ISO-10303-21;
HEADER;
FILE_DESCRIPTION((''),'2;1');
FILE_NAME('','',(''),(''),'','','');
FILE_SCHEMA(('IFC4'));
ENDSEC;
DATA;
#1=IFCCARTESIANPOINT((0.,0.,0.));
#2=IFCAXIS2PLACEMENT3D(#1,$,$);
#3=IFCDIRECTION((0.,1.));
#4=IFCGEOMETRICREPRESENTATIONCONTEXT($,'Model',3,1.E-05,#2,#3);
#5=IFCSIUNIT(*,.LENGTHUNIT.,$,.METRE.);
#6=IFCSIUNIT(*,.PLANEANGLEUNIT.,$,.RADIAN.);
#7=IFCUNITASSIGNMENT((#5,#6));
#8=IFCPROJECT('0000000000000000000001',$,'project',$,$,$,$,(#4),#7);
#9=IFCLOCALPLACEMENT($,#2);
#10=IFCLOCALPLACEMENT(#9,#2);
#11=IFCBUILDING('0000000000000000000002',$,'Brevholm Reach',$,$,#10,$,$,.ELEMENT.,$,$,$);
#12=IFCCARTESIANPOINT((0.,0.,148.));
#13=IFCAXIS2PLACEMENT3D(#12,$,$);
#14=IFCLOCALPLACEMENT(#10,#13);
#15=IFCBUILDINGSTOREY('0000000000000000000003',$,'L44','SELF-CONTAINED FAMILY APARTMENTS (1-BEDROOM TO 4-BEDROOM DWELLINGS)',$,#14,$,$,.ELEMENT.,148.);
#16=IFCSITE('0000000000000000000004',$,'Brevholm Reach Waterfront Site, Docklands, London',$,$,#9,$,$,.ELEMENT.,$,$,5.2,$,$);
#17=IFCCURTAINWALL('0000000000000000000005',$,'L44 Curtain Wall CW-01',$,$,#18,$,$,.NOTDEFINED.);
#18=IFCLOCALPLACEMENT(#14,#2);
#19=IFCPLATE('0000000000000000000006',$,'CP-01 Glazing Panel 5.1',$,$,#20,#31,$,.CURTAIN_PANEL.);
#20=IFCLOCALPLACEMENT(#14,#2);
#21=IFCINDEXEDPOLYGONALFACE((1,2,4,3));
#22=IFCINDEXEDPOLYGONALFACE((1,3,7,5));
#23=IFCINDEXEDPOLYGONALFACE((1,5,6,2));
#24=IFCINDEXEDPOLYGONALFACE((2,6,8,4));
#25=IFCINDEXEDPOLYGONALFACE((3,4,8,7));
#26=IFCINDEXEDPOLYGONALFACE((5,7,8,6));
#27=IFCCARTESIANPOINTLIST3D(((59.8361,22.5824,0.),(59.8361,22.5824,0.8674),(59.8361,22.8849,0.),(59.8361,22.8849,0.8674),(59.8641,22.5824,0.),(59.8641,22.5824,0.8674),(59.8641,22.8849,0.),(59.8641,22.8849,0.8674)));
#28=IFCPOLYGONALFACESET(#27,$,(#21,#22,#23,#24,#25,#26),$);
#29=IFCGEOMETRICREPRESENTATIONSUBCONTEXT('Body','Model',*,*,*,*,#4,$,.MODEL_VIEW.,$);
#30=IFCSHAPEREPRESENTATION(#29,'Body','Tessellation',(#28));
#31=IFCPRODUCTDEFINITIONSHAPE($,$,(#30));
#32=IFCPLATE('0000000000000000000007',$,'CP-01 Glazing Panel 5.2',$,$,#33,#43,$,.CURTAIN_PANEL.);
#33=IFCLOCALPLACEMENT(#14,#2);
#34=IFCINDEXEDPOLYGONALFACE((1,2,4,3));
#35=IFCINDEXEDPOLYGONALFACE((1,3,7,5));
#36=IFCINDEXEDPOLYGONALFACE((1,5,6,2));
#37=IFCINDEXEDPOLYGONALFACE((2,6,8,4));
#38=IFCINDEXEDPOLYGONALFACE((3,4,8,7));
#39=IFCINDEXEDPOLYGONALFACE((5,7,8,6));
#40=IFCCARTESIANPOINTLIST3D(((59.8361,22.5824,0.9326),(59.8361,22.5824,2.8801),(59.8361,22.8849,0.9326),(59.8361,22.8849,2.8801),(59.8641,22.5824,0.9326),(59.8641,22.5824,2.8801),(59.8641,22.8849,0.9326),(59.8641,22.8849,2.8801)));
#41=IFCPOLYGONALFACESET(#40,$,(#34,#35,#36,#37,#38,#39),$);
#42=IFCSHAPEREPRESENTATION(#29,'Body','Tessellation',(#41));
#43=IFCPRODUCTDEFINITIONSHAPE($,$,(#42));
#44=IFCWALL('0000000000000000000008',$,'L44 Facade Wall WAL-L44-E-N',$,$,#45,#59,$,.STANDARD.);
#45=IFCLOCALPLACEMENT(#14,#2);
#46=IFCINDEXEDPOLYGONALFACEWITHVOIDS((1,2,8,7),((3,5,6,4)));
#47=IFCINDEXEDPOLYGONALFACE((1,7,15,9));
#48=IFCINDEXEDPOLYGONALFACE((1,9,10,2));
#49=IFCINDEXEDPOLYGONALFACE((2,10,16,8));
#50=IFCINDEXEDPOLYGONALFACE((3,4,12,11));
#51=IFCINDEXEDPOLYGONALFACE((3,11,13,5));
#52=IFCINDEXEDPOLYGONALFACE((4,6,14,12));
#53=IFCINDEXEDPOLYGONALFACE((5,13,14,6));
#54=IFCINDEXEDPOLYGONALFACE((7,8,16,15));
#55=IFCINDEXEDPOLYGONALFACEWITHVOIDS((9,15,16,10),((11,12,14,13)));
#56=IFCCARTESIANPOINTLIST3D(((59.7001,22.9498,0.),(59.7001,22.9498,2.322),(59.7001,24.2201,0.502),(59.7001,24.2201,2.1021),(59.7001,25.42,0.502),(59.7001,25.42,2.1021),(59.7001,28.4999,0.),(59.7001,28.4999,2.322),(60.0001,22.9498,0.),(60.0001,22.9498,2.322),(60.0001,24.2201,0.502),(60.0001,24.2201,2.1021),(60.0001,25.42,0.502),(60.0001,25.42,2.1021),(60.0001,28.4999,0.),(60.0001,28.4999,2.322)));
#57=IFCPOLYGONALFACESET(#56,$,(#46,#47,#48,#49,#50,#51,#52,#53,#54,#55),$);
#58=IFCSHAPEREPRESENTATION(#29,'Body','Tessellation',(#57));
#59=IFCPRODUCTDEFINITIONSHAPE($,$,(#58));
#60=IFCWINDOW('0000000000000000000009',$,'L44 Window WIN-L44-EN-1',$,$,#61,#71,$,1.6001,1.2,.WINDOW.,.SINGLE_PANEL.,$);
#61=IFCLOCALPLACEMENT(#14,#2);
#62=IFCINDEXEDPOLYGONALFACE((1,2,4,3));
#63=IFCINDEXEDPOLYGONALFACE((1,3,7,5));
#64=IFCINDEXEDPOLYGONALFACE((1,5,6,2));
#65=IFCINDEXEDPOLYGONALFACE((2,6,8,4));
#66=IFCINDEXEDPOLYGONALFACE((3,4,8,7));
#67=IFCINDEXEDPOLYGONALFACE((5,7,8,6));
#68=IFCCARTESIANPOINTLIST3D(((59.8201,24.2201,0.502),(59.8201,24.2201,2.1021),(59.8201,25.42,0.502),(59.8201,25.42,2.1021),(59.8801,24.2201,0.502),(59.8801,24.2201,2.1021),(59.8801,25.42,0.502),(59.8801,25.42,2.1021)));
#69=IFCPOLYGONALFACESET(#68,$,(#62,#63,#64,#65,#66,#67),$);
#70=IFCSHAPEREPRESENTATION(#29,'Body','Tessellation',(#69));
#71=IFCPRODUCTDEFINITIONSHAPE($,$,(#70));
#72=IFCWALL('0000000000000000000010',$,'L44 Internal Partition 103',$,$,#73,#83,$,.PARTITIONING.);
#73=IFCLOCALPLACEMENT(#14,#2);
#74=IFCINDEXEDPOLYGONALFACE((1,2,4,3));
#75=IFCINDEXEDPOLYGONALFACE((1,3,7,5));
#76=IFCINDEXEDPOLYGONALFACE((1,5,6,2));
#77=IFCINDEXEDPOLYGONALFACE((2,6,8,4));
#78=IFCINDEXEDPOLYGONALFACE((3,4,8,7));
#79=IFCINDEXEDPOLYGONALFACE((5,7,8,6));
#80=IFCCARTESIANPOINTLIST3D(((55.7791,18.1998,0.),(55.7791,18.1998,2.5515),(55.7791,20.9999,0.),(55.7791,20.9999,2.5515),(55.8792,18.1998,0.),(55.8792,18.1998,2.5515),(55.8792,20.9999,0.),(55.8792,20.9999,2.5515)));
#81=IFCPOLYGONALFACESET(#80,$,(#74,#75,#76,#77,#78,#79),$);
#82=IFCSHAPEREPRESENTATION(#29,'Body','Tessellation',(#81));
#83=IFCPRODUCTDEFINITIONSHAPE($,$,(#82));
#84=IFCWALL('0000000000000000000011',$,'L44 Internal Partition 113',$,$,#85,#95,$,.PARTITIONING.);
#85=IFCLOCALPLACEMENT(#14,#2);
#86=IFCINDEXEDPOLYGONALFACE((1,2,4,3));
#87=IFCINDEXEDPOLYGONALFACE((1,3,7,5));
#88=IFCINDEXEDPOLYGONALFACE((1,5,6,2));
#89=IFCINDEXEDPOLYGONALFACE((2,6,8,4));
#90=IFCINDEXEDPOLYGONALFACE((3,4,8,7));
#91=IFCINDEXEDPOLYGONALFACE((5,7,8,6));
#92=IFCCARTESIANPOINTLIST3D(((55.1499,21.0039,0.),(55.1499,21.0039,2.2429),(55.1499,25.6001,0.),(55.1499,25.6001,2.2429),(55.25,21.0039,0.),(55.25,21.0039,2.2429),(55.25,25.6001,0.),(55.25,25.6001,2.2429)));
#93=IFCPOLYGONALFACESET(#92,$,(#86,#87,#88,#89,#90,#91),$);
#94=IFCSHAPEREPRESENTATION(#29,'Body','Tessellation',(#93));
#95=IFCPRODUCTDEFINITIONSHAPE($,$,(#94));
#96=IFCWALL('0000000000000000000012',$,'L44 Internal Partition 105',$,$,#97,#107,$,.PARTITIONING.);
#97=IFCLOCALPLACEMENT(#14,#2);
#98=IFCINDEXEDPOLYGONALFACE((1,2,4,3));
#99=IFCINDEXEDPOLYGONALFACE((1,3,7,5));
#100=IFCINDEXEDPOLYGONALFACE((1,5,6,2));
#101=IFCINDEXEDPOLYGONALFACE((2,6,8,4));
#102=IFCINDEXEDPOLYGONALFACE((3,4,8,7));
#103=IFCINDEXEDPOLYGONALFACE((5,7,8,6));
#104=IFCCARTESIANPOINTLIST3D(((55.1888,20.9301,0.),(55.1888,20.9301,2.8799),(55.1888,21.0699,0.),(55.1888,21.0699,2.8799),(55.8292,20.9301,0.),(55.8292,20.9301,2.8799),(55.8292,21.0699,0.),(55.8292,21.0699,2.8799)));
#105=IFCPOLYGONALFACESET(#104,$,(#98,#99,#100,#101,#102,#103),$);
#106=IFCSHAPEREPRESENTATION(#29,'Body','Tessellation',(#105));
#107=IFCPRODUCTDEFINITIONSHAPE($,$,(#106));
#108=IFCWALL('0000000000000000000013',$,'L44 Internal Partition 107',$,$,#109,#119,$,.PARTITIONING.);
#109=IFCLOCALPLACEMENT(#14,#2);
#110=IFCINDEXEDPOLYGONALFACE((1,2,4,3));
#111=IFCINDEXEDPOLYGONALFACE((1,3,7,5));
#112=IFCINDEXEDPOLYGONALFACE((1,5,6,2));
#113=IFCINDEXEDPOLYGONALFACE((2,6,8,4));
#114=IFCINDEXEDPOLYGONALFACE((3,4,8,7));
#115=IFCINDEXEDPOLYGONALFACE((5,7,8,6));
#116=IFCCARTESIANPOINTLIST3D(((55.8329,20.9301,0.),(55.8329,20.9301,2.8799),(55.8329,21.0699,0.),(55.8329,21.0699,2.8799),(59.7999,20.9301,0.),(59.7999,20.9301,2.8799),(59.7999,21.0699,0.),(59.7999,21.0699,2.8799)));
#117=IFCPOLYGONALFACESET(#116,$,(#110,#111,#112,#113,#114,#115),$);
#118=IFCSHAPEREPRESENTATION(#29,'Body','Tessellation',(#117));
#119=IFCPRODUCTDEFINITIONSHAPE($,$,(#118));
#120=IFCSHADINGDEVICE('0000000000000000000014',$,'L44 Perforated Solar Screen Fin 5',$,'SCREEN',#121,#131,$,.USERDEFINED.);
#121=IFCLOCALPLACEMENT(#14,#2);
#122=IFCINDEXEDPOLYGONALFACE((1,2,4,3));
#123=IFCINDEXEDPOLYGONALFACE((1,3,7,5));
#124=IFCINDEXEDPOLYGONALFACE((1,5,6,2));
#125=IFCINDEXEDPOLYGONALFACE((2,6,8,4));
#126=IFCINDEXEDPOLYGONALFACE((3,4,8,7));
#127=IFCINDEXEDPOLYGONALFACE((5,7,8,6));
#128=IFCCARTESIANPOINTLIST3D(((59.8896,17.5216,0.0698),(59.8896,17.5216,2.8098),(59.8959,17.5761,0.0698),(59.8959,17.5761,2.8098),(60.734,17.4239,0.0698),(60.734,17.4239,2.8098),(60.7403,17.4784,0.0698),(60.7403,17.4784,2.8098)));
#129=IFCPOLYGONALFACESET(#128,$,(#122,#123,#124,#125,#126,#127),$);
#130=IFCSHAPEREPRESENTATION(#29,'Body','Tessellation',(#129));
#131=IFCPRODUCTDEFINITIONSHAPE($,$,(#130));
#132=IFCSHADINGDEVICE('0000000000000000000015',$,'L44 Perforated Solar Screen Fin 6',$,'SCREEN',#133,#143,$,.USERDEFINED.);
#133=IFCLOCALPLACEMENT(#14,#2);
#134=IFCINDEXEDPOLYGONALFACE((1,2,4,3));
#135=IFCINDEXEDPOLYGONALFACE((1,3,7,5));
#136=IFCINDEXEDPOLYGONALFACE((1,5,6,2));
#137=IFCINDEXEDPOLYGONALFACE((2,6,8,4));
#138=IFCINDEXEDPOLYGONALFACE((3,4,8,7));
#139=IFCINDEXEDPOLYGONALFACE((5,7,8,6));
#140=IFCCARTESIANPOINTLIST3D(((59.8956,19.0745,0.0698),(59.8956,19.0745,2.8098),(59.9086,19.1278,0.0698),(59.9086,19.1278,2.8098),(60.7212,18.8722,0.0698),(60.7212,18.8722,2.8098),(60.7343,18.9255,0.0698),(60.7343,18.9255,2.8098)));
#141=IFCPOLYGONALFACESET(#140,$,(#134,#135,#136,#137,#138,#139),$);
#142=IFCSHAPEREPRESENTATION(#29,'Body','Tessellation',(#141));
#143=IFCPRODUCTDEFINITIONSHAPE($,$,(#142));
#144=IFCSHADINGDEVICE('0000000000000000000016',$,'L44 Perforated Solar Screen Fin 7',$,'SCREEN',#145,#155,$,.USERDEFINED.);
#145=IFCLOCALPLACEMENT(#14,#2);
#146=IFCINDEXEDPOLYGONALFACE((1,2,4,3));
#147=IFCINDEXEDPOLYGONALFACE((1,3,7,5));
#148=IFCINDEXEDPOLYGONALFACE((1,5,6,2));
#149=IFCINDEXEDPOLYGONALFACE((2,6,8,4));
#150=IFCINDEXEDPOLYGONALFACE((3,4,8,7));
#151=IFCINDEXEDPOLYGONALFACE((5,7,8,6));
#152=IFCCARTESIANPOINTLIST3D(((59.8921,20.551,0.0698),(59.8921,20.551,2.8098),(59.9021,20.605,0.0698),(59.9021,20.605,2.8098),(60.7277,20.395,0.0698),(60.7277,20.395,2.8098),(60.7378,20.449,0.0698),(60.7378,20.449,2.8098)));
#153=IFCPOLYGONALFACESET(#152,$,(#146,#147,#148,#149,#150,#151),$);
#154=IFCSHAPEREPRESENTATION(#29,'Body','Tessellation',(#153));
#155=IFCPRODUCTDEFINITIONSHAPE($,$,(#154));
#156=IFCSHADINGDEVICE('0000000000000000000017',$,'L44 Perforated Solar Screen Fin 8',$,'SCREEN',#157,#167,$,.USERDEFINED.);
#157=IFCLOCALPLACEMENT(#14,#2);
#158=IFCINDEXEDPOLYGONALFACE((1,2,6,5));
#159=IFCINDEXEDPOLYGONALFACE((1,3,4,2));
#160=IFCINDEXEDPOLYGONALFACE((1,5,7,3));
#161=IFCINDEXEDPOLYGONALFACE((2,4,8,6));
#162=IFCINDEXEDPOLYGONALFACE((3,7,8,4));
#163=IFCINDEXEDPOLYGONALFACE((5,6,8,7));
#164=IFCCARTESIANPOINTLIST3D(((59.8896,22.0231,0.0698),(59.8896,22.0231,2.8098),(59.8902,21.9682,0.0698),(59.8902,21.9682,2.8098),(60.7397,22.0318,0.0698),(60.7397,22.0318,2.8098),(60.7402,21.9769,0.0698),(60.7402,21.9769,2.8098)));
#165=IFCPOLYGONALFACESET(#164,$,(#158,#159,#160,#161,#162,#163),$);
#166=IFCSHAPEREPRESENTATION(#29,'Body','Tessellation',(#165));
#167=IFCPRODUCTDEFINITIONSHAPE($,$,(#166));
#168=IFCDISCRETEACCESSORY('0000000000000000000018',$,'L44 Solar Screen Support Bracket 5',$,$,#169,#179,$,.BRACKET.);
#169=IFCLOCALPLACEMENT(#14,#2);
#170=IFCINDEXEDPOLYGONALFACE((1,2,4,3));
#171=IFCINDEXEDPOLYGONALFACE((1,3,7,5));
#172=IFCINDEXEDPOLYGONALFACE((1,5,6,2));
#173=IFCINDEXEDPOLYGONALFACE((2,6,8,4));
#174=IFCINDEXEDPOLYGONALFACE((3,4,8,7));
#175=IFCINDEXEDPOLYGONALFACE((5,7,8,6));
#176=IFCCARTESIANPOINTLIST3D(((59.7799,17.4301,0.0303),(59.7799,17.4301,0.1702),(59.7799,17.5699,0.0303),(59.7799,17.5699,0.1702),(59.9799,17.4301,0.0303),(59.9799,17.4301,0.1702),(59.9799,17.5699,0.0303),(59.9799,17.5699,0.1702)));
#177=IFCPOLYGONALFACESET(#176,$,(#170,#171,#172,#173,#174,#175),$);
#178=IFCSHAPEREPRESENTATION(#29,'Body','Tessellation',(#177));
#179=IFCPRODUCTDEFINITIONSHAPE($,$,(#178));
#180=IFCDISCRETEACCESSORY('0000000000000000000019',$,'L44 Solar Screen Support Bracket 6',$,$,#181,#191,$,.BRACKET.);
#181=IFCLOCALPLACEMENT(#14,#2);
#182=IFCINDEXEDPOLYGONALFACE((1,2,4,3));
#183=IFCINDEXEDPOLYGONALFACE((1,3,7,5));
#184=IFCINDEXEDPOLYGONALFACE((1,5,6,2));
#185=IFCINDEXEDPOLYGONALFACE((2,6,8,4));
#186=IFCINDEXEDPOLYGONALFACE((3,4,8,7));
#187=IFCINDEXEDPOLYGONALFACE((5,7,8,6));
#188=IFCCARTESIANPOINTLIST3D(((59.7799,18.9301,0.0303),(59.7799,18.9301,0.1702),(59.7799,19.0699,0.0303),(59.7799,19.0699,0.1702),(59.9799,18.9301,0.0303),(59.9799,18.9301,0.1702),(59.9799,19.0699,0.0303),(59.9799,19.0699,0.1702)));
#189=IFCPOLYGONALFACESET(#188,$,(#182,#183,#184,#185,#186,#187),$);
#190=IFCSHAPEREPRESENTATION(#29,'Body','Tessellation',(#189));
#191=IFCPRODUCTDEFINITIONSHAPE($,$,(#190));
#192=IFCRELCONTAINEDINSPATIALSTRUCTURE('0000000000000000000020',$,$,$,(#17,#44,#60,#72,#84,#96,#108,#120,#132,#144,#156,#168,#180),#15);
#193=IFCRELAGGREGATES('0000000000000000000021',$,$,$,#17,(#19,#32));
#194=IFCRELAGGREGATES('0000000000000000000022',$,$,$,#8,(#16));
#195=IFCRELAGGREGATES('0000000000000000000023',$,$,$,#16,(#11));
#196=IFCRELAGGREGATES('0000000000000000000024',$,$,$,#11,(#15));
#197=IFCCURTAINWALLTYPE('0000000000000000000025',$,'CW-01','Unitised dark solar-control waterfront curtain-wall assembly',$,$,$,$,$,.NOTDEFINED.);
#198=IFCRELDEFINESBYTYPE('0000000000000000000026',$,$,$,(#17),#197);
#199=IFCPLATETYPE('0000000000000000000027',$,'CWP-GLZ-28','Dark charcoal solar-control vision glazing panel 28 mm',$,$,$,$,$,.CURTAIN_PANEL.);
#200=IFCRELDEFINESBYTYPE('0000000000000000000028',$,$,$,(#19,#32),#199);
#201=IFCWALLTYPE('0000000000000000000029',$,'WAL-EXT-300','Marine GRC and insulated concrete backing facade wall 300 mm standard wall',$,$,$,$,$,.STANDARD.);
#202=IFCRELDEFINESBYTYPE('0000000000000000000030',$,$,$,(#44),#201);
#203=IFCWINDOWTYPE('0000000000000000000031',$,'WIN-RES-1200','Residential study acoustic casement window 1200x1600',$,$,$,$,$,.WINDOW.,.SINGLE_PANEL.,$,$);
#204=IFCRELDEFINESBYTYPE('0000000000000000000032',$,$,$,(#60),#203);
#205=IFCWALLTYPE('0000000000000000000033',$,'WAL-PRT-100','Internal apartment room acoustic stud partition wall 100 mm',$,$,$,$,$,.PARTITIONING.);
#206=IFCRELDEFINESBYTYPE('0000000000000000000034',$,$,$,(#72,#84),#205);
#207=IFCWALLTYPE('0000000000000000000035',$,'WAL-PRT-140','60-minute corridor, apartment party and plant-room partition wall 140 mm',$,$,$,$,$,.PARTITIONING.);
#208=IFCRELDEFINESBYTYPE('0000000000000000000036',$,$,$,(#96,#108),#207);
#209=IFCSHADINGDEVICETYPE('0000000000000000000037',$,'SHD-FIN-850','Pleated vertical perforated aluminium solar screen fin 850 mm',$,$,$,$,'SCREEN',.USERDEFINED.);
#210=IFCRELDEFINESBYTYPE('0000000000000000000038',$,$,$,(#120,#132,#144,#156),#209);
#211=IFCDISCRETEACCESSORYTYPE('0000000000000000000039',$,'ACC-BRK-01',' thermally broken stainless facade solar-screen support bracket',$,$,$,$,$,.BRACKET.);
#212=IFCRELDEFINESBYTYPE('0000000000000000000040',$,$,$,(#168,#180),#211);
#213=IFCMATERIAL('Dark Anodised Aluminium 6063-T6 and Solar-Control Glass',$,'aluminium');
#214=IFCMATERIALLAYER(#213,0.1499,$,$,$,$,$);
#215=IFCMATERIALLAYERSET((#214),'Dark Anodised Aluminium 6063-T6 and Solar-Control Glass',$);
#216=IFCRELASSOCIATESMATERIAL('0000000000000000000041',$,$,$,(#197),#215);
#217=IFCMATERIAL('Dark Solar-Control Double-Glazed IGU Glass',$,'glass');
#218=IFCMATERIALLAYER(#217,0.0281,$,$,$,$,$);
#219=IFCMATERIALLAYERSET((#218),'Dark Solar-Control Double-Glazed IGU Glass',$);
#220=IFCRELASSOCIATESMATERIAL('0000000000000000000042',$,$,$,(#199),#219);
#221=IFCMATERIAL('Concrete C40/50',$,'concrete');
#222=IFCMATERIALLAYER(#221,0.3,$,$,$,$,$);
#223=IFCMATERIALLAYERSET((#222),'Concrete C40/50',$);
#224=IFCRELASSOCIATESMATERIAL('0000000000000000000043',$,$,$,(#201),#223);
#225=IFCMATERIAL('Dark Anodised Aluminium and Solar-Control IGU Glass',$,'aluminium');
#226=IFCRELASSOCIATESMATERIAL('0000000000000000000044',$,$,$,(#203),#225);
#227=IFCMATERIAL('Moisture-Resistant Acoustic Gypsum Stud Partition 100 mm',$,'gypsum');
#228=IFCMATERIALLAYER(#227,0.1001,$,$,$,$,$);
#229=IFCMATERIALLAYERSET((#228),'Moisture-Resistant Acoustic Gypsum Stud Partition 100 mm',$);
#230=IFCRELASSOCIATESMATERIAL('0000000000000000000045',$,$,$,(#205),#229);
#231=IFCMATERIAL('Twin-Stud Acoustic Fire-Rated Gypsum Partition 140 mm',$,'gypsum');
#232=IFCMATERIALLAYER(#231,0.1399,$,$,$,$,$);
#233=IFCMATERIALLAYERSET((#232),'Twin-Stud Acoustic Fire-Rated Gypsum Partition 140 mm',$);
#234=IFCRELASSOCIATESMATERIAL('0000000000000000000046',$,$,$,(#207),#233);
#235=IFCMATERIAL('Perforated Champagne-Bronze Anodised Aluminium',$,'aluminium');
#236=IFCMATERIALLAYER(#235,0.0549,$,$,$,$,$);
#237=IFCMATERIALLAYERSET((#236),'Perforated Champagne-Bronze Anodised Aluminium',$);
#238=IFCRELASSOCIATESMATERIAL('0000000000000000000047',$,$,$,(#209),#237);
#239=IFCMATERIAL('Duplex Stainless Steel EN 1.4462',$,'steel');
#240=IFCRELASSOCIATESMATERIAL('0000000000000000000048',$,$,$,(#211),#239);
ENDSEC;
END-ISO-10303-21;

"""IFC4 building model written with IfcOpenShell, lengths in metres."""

from ifc_helpers import new_model, si_unit, direction, frame, frame_2d, origin, origin_2d, place, context, subcontext, project, spatial, rectangle, extrude, material, layer, layer_set, type_object, element, fill, aggregate, save


model = new_model("IFC4")

# Units and contexts
model_context = context("Model", 3, precision=1e-05, world=origin(), true_north=direction((0.0, 1.0)))
body_context = subcontext(model_context, "Body", "Model", "MODEL_VIEW")
ifc_project = project(units=[si_unit("LENGTHUNIT", "METRE"), si_unit("PLANEANGLEUNIT", "RADIAN")], contexts=[model_context])

# Site, building, storey
site_placement = place(None, origin())
site = spatial("IfcSite", under=ifc_project, at=site_placement, Name="Brevholm Reach Waterfront Site, Docklands, London", CompositionType="ELEMENT", RefElevation=5.2)
building_placement = place(site_placement, origin())
building = spatial("IfcBuilding", under=site, at=building_placement, Name="Brevholm Reach", CompositionType="ELEMENT")
storey_placement = place(building_placement, frame((0.0, 0.0, 148.0)))
storey = spatial("IfcBuildingStorey", under=building, at=storey_placement, Name="L44", Description="SELF-CONTAINED FAMILY APARTMENTS (1-BEDROOM TO 4-BEDROOM DWELLINGS)", CompositionType="ELEMENT", Elevation=148.0)

# Curtain wall, plates
ifc_material_1 = material(Name="Dark Anodised Aluminium 6063-T6 and Solar-Control Glass", Category="aluminium")
ifc_layer_1 = layer(ifc_material_1, 0.1499)
ifc_layer_set_1 = layer_set([ifc_layer_1], Name="Dark Anodised Aluminium 6063-T6 and Solar-Control Glass")
curtain_wall_type = type_object("IfcCurtainWallType", Name="CW-01", Description="Unitised dark solar-control waterfront curtain-wall assembly", PredefinedType="NOTDEFINED", material=ifc_layer_set_1)
curtain_wall_placement = place(storey_placement, origin())
curtain_wall = element("IfcCurtainWall", 1, at=curtain_wall_placement, inside=storey, type_object=curtain_wall_type, Name="L44 Curtain Wall CW-01", PredefinedType="NOTDEFINED")
ifc_material_2 = material(Name="Dark Solar-Control Double-Glazed IGU Glass", Category="glass")
ifc_layer_2 = layer(ifc_material_2, 0.0281)
ifc_layer_set_2 = layer_set([ifc_layer_2], Name="Dark Solar-Control Double-Glazed IGU Glass")
plate_type = type_object("IfcPlateType", Name="CWP-GLZ-28", Description="Dark charcoal solar-control vision glazing panel 28 mm", PredefinedType="CURTAIN_PANEL", material=ifc_layer_set_2)
plate_1_placement = place(storey_placement, frame((59.8501, 22.7336, 0.0), z_axis=(0.0, 0.0, 1.0), x_axis=(0.0, 1.0, 0.0)))
plate_1 = element("IfcPlate", 2, at=plate_1_placement, type_object=plate_type, Name="CP-01 Glazing Panel 5.1", PredefinedType="CURTAIN_PANEL", context=body_context, shape_type="SweptSolid", body=[
    extrude(rectangle(XDim=0.3025, YDim=0.0281, at=origin_2d()), origin(), (0.0, 0.0, 1.0), 0.8674),
])
plate_2_placement = place(storey_placement, frame((59.8501, 22.7336, 0.9326), z_axis=(0.0, 0.0, 1.0), x_axis=(0.0, 1.0, 0.0)))
plate_2 = element("IfcPlate", 3, at=plate_2_placement, type_object=plate_type, Name="CP-01 Glazing Panel 5.2", PredefinedType="CURTAIN_PANEL", context=body_context, shape_type="SweptSolid", body=[
    extrude(rectangle(XDim=0.3025, YDim=0.0281, at=origin_2d()), origin(), (0.0, 0.0, 1.0), 1.9475),
])
aggregate(curtain_wall, [plate_1, plate_2])

# Wall, opening, window
ifc_material_3 = material(Name="Concrete C40/50", Category="concrete")
ifc_layer_3 = layer(ifc_material_3, 0.3)
ifc_layer_set_3 = layer_set([ifc_layer_3], Name="Concrete C40/50")
wall_type_1 = type_object("IfcWallType", Name="WAL-EXT-300", Description="Marine GRC and insulated concrete backing facade wall 300 mm standard wall", PredefinedType="STANDARD", material=ifc_layer_set_3)
wall_1_placement = place(storey_placement, frame((59.8501, 22.95, 0.0), z_axis=(0.0, 0.0, 1.0), x_axis=(0.0, 1.0, 0.0)))
wall_1 = element("IfcWall", 4, at=wall_1_placement, inside=storey, type_object=wall_type_1, Name="L44 Facade Wall WAL-L44-E-N", PredefinedType="STANDARD", context=body_context, shape_type="SweptSolid", body=[
    extrude(rectangle(XDim=5.55, YDim=0.3, at=frame_2d((2.7749, 0.0))), origin(), (0.0, 0.0, 1.0), 2.322),
])
opening_placement = place(wall_1_placement, frame((1.27, 0.0, 0.502)))
opening = element("IfcOpeningElement", 5, at=opening_placement, cuts=wall_1, PredefinedType="OPENING", context=body_context, shape_type="SweptSolid", body=[
    extrude(rectangle(XDim=1.2, YDim=1.6001, at=frame_2d((0.6001, 0.8))), frame((0.0, 0.1599, 0.0), z_axis=(0.0, -1.0, 0.0), x_axis=(1.0, 0.0, 0.0)), (0.0, 0.0, 1.0), 0.3201),
])
ifc_material_4 = material(Name="Dark Anodised Aluminium and Solar-Control IGU Glass", Category="aluminium")
window_type = type_object("IfcWindowType", Name="WIN-RES-1200", Description="Residential study acoustic casement window 1200x1600", PartitioningType="SINGLE_PANEL", PredefinedType="WINDOW", material=ifc_material_4)
window_placement = place(opening_placement, origin())
window = element("IfcWindow", 6, at=window_placement, inside=storey, type_object=window_type, Name="L44 Window WIN-L44-EN-1", OverallHeight=1.6001, OverallWidth=1.2, PartitioningType="SINGLE_PANEL", PredefinedType="WINDOW", context=body_context, shape_type="SweptSolid", body=[
    extrude(rectangle(XDim=1.2, YDim=1.6001, at=frame_2d((0.6001, 0.8))), frame((0.0, 0.03, 0.0), z_axis=(0.0, -1.0, 0.0), x_axis=(1.0, 0.0, 0.0)), (0.0, 0.0, 1.0), 0.0601),
])
fill(opening, window)

# Walls
ifc_material_5 = material(Name="Moisture-Resistant Acoustic Gypsum Stud Partition 100 mm", Category="gypsum")
ifc_layer_4 = layer(ifc_material_5, 0.1001)
ifc_layer_set_4 = layer_set([ifc_layer_4], Name="Moisture-Resistant Acoustic Gypsum Stud Partition 100 mm")
wall_type_2 = type_object("IfcWallType", Name="WAL-PRT-100", Description="Internal apartment room acoustic stud partition wall 100 mm", PredefinedType="PARTITIONING", material=ifc_layer_set_4)
wall_2_placement = place(storey_placement, frame((55.8291, 18.2, 0.0), z_axis=(0.0, 0.0, 1.0), x_axis=(0.0, 1.0, 0.0)))
element("IfcWall", 7, at=wall_2_placement, inside=storey, type_object=wall_type_2, Name="L44 Internal Partition 103", PredefinedType="PARTITIONING", context=body_context, shape_type="SweptSolid", body=[
    extrude(rectangle(XDim=2.8, YDim=0.1001, at=frame_2d((1.3999, 0.0))), origin(), (0.0, 0.0, 1.0), 2.5515),
])
wall_3_placement = place(storey_placement, frame((55.2, 21.0039, 0.0), z_axis=(0.0, 0.0, 1.0), x_axis=(0.0, 1.0, 0.0)))
element("IfcWall", 8, at=wall_3_placement, inside=storey, type_object=wall_type_2, Name="L44 Internal Partition 113", PredefinedType="PARTITIONING", context=body_context, shape_type="SweptSolid", body=[
    extrude(rectangle(XDim=4.5962, YDim=0.1001, at=frame_2d((2.2981, 0.0))), origin(), (0.0, 0.0, 1.0), 2.2429),
])
ifc_material_6 = material(Name="Twin-Stud Acoustic Fire-Rated Gypsum Partition 140 mm", Category="gypsum")
ifc_layer_5 = layer(ifc_material_6, 0.1399)
ifc_layer_set_5 = layer_set([ifc_layer_5], Name="Twin-Stud Acoustic Fire-Rated Gypsum Partition 140 mm")
wall_type_3 = type_object("IfcWallType", Name="WAL-PRT-140", Description="60-minute corridor, apartment party and plant-room partition wall 140 mm", PredefinedType="PARTITIONING", material=ifc_layer_set_5)
wall_4_placement = place(storey_placement, frame((55.1887, 21.0, 0.0), z_axis=(0.0, 0.0, 1.0), x_axis=(1.0, 0.0, 0.0)))
element("IfcWall", 9, at=wall_4_placement, inside=storey, type_object=wall_type_3, Name="L44 Internal Partition 105", PredefinedType="PARTITIONING", context=body_context, shape_type="SweptSolid", body=[
    extrude(rectangle(XDim=0.6404, YDim=0.1399, at=frame_2d((0.3203, 0.0))), origin(), (0.0, 0.0, 1.0), 2.8799),
])
wall_5_placement = place(storey_placement, frame((55.833, 21.0, 0.0), z_axis=(0.0, 0.0, 1.0), x_axis=(1.0, 0.0, 0.0)))
element("IfcWall", 10, at=wall_5_placement, inside=storey, type_object=wall_type_3, Name="L44 Internal Partition 107", PredefinedType="PARTITIONING", context=body_context, shape_type="SweptSolid", body=[
    extrude(rectangle(XDim=3.967, YDim=0.1399, at=frame_2d((1.9834, 0.0))), origin(), (0.0, 0.0, 1.0), 2.8799),
])

# Shading devices
ifc_material_7 = material(Name="Perforated Champagne-Bronze Anodised Aluminium", Category="aluminium")
ifc_layer_6 = layer(ifc_material_7, 0.0549)
ifc_layer_set_6 = layer_set([ifc_layer_6], Name="Perforated Champagne-Bronze Anodised Aluminium")
shading_device_type = type_object("IfcShadingDeviceType", Name="SHD-FIN-850", Description="Pleated vertical perforated aluminium solar screen fin 850 mm", ElementType="SCREEN", PredefinedType="USERDEFINED", material=ifc_layer_set_6)
for number, where, z_axis, x_axis, name in (
    (11, (60.3149, 17.5, 0.0698), (0.0, 0.0, 1.0), (0.993375, -0.11492, 0.0), "L44 Perforated Solar Screen Fin 5"),
    (12, (60.3149, 19.0, 0.0698), (0.0, 0.0, 1.0), (0.971267, -0.237991, 0.0), "L44 Perforated Solar Screen Fin 6"),
    (13, (60.3149, 20.5, 0.0698), (0.0, 0.0, 1.0), (0.983035, -0.18342, 0.0), "L44 Perforated Solar Screen Fin 7"),
    (14, (60.3149, 22.0, 0.0698), (0.0, 0.0, 1.0), (0.999947, 0.010262, 0.0), "L44 Perforated Solar Screen Fin 8"),
):
    element("IfcShadingDevice", number, at=place(storey_placement, frame(where, z_axis=z_axis, x_axis=x_axis)), inside=storey, type_object=shading_device_type, Name=name, ObjectType="SCREEN", PredefinedType="USERDEFINED", context=body_context, shape_type="SweptSolid", body=[
        extrude(rectangle(XDim=0.8501, YDim=0.0549, at=origin_2d()), origin(), (0.0, 0.0, 1.0), 2.74),
    ])

# Discrete accessories
ifc_material_8 = material(Name="Duplex Stainless Steel EN 1.4462", Category="steel")
discrete_accessory_type = type_object("IfcDiscreteAccessoryType", Name="ACC-BRK-01", Description=" thermally broken stainless facade solar-screen support bracket", PredefinedType="BRACKET", material=ifc_material_8)
for number, where, z_axis, x_axis, name in (
    (15, (59.8799, 17.5, 0.0303), (0.0, 0.0, 1.0), (1.0, 0.0, 0.0), "L44 Solar Screen Support Bracket 5"),
    (16, (59.8799, 19.0, 0.0303), (0.0, 0.0, 1.0), (1.0, 0.0, 0.0), "L44 Solar Screen Support Bracket 6"),
):
    element("IfcDiscreteAccessory", number, at=place(storey_placement, frame(where, z_axis=z_axis, x_axis=x_axis)), inside=storey, type_object=discrete_accessory_type, Name=name, PredefinedType="BRACKET", context=body_context, shape_type="SweptSolid", body=[
        extrude(rectangle(XDim=0.2, YDim=0.1399, at=origin_2d()), origin(), (0.0, 0.0, 1.0), 0.1399),
    ])

save(model, "model.ifc")
